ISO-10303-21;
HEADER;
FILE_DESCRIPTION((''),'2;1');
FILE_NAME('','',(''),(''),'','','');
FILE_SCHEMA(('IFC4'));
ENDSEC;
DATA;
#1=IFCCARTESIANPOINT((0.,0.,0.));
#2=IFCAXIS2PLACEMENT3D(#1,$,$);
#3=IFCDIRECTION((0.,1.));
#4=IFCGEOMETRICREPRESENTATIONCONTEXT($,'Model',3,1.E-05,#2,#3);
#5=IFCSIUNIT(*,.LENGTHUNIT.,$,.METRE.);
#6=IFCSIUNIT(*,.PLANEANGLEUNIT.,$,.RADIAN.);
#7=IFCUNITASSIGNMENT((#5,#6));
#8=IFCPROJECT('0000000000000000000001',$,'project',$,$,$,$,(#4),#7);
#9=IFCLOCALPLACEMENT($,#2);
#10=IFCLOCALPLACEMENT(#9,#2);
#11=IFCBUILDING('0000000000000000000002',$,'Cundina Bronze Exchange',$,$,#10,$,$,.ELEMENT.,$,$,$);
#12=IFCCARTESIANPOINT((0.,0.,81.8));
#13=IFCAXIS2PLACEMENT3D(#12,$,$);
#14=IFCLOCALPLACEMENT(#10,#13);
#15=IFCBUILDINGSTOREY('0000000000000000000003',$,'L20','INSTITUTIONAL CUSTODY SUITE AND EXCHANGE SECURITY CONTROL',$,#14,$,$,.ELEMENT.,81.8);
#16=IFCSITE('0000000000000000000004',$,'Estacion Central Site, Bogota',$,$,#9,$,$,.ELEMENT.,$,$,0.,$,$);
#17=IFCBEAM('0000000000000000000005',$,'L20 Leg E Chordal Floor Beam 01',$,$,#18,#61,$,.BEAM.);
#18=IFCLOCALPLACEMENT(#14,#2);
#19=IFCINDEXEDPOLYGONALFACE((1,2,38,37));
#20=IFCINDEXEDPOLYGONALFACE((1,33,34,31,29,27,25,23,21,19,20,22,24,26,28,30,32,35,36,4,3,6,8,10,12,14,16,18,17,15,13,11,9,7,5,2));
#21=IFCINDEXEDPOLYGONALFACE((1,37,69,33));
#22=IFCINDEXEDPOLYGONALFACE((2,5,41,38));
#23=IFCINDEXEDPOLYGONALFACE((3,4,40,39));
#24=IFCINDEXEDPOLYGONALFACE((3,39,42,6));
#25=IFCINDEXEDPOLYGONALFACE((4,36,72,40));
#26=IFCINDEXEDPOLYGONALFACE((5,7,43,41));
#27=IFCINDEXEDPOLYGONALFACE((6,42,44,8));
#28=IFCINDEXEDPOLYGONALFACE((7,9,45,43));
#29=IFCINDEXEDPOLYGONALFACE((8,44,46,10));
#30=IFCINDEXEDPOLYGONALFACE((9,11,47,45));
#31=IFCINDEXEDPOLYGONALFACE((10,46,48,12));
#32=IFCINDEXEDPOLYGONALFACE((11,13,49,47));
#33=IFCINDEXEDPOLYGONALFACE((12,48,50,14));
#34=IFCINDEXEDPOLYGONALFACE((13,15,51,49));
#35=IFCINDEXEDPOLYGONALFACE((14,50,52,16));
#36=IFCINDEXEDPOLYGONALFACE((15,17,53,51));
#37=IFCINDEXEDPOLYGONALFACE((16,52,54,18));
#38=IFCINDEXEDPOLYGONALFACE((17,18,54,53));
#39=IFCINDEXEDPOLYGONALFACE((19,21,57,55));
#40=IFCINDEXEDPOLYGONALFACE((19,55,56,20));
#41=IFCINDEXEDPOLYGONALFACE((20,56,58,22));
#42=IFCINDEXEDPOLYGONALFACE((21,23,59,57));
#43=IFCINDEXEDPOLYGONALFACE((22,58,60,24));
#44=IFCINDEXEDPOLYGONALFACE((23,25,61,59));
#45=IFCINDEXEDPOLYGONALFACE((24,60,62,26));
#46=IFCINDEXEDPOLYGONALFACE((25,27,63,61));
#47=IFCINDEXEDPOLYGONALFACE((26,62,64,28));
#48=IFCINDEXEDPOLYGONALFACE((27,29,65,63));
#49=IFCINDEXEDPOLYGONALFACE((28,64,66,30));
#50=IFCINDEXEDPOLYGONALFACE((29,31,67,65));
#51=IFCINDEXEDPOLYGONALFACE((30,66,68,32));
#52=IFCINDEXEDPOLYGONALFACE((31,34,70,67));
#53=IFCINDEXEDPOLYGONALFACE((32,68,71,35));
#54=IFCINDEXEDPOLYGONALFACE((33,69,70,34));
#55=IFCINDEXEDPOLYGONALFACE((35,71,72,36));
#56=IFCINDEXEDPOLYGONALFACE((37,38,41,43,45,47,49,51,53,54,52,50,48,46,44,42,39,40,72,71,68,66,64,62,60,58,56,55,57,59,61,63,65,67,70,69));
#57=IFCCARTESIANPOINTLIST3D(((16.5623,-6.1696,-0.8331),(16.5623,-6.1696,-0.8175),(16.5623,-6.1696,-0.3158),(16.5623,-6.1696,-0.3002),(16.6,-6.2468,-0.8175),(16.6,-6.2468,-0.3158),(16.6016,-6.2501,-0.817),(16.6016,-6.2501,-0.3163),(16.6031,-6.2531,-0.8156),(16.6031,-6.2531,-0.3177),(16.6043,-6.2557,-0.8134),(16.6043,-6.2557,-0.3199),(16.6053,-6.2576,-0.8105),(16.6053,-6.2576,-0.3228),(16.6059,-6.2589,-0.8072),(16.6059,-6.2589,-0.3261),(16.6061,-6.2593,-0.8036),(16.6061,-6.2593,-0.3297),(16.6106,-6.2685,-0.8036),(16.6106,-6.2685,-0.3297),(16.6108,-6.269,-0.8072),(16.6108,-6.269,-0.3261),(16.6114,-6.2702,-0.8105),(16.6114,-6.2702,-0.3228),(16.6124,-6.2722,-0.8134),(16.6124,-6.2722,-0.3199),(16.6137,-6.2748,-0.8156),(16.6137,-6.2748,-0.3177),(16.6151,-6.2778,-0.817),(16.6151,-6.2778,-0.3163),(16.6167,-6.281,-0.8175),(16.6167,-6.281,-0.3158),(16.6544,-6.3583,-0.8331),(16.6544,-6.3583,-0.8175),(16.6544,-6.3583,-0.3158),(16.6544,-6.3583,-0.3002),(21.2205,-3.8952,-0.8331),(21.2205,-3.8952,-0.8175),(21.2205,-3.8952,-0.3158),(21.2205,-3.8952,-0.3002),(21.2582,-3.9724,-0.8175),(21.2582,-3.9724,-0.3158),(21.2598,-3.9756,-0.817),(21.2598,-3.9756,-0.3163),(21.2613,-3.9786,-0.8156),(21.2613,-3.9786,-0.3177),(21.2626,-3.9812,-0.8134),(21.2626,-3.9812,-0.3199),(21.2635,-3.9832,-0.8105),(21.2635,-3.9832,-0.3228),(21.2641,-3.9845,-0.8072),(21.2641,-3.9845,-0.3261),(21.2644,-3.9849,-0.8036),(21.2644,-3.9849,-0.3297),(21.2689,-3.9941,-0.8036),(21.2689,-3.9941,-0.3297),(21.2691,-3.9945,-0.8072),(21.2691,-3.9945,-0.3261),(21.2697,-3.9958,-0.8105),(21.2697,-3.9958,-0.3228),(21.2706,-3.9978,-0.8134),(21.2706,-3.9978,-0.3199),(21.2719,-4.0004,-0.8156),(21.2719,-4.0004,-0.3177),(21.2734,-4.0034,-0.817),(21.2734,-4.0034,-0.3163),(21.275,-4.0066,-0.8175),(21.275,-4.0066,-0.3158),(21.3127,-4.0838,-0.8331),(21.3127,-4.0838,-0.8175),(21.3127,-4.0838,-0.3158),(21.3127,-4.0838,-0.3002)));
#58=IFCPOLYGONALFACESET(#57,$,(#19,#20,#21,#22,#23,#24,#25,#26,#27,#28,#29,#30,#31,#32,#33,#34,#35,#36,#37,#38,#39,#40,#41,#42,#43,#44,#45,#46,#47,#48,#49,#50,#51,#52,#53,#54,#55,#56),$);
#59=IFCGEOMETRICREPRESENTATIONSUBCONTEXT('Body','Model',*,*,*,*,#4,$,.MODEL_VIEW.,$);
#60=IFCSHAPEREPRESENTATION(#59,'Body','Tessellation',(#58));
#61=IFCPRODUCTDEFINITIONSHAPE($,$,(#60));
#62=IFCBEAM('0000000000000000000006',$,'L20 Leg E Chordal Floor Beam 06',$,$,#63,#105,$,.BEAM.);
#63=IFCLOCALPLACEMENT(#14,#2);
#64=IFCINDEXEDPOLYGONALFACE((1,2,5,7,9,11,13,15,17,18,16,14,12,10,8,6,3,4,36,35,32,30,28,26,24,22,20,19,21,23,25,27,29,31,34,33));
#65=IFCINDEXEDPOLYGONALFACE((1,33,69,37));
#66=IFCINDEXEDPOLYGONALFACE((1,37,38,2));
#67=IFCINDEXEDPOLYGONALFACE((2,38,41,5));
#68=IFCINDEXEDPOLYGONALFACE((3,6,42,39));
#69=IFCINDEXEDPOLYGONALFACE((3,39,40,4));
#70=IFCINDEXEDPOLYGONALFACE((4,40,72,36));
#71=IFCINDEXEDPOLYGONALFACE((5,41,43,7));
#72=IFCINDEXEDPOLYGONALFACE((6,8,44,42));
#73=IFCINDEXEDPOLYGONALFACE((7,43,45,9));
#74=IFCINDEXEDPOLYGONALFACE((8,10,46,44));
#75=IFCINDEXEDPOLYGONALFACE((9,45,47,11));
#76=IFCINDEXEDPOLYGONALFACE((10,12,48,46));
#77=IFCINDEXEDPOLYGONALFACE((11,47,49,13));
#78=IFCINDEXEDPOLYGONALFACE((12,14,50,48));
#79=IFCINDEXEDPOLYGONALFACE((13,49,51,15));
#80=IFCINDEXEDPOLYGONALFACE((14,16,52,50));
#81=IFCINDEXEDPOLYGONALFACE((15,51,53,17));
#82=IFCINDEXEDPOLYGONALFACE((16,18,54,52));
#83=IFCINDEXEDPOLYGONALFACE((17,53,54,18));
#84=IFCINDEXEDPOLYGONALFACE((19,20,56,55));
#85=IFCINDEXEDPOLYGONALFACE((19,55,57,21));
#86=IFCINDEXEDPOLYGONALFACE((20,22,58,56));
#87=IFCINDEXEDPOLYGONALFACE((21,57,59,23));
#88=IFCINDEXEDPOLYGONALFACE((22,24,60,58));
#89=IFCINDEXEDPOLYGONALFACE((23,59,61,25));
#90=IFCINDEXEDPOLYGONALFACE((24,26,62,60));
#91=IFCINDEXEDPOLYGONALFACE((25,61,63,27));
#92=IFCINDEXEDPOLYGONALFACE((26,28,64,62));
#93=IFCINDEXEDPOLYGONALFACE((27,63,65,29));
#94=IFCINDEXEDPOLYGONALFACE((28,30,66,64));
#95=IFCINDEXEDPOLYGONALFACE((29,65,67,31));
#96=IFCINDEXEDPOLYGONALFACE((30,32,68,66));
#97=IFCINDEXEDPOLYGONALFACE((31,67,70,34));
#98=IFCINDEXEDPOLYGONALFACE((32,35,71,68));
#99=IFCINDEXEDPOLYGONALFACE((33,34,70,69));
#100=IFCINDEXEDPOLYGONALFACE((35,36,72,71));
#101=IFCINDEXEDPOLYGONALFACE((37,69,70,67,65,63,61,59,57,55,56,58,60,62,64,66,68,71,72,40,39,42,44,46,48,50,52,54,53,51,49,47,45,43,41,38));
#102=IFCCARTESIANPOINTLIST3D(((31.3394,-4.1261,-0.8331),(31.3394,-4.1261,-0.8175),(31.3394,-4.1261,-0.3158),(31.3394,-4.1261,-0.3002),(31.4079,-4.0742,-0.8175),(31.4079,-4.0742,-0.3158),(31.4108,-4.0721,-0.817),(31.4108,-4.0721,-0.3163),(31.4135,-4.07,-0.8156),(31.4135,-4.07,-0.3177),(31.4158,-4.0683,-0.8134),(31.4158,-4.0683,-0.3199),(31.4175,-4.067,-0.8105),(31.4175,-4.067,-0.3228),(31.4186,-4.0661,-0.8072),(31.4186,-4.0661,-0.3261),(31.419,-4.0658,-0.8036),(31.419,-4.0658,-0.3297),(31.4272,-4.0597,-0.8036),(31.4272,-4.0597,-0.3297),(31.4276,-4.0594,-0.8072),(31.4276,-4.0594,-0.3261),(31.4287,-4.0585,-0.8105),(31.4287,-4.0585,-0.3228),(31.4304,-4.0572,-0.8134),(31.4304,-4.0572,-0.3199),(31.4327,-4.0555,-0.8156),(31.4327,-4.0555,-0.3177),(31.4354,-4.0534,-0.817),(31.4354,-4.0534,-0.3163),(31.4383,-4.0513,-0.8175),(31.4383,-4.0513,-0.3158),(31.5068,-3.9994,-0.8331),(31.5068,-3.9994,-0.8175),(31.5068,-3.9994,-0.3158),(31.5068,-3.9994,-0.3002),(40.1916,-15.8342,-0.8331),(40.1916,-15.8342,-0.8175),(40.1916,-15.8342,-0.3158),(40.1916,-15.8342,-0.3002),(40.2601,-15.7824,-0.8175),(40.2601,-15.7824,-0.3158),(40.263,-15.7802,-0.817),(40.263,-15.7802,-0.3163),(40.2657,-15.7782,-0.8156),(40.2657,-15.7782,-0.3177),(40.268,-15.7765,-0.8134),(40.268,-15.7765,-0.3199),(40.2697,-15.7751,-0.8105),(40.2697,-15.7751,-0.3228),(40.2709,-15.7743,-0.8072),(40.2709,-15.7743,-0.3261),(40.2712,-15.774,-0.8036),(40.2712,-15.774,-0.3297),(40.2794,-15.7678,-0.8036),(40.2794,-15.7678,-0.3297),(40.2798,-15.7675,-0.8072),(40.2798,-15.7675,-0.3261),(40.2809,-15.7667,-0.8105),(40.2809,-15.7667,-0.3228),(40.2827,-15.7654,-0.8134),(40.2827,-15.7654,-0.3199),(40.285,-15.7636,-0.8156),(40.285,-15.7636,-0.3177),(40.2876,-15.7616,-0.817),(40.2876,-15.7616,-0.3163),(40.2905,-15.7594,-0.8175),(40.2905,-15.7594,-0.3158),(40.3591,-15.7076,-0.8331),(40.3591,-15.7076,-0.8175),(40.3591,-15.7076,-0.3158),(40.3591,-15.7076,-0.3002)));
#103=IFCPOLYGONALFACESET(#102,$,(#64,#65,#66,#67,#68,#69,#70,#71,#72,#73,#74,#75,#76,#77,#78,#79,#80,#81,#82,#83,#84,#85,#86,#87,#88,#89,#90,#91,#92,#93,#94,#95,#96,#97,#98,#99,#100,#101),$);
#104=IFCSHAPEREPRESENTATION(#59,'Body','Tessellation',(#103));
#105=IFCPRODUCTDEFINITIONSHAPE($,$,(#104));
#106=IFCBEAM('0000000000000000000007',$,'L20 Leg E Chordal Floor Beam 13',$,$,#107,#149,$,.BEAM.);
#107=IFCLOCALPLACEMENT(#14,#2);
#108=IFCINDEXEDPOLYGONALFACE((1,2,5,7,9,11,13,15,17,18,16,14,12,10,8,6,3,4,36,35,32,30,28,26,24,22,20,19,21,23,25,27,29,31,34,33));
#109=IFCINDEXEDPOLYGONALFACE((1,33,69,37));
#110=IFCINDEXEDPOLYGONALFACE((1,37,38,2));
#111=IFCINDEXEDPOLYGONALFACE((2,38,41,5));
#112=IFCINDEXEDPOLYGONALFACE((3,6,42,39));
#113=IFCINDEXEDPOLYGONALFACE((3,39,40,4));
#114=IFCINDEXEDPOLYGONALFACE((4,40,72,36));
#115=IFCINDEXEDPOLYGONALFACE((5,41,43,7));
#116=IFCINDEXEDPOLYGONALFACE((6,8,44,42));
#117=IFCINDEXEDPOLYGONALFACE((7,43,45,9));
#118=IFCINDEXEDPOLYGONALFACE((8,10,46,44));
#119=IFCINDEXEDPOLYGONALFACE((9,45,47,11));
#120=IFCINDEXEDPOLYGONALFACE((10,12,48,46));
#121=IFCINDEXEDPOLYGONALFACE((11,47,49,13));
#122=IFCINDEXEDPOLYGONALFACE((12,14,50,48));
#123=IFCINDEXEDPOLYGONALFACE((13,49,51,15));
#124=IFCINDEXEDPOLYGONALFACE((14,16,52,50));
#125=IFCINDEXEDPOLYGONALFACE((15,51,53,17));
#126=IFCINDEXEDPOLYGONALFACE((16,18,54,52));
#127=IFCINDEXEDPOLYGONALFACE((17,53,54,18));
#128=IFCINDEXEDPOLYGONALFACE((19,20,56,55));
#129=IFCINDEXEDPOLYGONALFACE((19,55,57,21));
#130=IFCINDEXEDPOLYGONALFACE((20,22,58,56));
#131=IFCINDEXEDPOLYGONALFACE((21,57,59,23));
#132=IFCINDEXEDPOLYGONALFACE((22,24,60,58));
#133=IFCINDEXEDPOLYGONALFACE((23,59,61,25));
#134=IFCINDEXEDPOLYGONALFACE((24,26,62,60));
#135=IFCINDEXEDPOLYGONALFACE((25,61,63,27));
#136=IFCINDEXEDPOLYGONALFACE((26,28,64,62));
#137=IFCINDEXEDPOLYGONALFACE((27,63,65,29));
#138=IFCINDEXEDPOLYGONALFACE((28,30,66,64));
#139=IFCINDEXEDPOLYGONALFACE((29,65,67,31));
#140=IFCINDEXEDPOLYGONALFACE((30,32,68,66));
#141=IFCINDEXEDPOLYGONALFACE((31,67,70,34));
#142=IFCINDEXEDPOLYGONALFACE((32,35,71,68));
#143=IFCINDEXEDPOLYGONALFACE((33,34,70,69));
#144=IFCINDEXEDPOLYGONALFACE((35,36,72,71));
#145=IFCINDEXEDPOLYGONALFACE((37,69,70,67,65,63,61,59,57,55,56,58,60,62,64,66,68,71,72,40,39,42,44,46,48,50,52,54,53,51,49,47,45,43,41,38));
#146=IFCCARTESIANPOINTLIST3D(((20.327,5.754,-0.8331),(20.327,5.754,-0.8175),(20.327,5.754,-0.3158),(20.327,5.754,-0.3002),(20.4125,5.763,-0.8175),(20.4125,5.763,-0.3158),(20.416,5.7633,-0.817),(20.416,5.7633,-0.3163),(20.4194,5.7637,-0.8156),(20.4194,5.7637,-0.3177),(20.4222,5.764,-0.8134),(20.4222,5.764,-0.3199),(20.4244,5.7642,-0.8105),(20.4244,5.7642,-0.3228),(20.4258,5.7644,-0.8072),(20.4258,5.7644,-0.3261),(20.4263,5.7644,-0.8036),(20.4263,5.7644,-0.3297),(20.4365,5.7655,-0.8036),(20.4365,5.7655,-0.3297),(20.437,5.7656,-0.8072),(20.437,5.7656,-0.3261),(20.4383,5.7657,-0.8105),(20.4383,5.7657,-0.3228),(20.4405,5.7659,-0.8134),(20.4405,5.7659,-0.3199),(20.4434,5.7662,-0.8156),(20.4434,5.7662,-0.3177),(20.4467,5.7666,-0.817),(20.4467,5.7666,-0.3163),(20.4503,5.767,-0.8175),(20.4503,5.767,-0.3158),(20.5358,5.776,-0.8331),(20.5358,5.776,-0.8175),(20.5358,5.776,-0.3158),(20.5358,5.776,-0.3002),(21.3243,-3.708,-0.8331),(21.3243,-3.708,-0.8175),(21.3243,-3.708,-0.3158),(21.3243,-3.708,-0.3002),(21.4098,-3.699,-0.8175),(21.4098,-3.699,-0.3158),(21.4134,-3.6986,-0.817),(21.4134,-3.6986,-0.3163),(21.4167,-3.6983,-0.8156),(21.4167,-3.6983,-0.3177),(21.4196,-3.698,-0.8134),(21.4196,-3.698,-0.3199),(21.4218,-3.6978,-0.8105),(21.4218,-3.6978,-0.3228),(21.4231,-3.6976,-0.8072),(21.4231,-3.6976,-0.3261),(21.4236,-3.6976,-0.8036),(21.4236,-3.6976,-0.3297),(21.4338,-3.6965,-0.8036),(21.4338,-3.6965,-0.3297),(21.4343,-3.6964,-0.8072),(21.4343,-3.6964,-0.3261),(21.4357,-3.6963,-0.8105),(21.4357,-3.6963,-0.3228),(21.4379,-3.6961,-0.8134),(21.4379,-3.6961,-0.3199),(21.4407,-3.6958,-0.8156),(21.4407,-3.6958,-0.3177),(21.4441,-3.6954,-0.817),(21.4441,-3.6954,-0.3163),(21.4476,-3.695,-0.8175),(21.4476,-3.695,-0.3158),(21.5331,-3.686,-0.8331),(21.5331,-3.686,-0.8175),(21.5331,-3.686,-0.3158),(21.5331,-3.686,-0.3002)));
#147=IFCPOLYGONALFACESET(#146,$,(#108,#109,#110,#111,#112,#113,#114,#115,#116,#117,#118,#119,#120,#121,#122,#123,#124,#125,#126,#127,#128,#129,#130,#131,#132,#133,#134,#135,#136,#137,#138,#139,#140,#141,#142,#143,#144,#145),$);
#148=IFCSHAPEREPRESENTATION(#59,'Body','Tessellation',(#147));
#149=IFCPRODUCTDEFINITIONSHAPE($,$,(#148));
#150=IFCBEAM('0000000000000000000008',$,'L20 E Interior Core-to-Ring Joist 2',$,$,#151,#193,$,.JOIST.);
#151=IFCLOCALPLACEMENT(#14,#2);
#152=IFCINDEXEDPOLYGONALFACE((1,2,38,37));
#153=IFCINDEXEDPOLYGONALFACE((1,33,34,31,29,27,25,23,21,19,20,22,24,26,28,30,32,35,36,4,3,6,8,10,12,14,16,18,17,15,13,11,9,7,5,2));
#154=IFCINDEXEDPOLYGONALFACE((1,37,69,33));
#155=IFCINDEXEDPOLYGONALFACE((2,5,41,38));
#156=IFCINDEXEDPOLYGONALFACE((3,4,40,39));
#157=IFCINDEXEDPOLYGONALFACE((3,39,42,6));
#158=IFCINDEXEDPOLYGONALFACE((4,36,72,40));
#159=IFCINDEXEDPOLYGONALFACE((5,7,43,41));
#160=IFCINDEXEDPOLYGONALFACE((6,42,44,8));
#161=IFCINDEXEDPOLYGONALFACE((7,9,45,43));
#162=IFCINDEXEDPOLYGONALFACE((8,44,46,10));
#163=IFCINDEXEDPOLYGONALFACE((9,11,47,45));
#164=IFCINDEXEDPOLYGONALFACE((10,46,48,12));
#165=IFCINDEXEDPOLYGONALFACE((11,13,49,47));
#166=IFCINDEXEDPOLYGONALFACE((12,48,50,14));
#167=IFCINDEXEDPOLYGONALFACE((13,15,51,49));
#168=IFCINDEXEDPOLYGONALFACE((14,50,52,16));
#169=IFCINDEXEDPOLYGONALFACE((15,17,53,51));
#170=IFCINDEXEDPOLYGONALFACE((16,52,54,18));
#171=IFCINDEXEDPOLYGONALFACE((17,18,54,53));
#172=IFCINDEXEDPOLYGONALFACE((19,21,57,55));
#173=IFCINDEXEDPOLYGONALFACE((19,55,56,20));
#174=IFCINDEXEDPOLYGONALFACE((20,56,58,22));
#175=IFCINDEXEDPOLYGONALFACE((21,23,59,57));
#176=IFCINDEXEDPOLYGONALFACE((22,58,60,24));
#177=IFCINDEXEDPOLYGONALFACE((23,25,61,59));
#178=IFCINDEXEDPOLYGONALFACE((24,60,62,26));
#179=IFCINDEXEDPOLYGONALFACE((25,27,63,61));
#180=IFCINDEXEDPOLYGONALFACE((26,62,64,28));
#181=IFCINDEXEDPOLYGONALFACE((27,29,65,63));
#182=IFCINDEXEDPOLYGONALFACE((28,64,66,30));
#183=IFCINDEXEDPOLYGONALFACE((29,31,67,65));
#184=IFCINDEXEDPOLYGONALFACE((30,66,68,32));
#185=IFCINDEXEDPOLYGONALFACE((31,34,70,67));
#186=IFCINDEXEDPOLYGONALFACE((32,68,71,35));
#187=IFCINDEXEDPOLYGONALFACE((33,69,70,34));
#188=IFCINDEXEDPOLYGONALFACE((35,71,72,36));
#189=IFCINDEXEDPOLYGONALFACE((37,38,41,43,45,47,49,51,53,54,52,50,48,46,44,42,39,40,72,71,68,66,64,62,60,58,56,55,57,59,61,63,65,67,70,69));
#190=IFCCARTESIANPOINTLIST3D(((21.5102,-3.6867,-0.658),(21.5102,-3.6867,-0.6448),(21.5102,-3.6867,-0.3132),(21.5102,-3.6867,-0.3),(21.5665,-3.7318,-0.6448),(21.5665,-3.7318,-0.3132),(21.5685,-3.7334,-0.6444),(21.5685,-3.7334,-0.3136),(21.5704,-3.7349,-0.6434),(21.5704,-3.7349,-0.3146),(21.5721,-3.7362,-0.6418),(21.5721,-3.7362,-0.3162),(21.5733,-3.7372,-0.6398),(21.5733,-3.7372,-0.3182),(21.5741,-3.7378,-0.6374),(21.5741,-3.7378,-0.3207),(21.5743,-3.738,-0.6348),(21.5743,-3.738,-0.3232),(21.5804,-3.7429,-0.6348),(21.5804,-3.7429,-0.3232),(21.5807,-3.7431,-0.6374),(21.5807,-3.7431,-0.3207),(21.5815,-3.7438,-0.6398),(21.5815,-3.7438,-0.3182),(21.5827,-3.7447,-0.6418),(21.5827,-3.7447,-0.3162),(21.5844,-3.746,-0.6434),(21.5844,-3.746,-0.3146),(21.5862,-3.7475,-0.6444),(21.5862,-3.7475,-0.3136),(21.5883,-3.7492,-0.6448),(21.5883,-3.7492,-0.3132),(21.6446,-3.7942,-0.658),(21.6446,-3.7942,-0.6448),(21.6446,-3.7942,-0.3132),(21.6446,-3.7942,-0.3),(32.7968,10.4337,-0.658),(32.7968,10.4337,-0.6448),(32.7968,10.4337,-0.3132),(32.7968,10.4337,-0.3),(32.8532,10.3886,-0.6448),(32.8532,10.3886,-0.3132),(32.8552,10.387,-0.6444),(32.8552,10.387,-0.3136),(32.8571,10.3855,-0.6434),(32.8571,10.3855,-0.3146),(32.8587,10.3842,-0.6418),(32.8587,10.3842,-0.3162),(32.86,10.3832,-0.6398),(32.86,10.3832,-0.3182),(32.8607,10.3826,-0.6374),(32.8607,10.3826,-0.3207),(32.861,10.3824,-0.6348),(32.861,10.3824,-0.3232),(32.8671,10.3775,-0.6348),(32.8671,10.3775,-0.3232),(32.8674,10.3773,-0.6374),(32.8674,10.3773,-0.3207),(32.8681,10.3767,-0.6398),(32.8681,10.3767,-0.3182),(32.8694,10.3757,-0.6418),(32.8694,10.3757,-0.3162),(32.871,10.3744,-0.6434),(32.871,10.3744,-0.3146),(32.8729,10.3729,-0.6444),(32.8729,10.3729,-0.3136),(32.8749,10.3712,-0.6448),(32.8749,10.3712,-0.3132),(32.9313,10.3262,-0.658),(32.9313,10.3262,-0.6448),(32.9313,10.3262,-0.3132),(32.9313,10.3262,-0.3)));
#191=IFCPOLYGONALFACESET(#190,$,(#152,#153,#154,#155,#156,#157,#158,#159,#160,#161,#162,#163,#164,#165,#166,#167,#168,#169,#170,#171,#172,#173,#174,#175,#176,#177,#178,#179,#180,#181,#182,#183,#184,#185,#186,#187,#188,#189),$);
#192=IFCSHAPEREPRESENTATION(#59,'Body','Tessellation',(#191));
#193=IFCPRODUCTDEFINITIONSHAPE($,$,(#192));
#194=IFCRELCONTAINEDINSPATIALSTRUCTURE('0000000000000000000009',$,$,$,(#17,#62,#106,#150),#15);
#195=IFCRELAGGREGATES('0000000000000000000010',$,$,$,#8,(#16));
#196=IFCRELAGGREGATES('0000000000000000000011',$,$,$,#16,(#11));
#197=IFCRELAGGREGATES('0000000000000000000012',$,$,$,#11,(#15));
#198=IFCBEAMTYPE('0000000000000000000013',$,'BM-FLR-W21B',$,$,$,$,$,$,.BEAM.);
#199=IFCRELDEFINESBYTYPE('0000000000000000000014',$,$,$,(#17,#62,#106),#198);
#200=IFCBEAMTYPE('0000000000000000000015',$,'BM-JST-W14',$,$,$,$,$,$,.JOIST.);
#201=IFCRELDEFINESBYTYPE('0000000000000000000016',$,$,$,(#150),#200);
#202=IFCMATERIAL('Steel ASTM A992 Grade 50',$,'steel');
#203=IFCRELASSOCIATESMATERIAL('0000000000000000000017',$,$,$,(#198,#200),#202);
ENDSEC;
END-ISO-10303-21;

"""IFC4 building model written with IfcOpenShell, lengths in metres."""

from ifc_helpers import new_model, si_unit, direction, frame, origin, origin_2d, place, context, subcontext, project, spatial, i_section, extrude, material, material_profile, profile_set, type_object, element, save


model = new_model("IFC4")

# Units and contexts
model_context = context("Model", 3, precision=1e-05, world=origin(), true_north=direction((0.0, 1.0)))
body_context = subcontext(model_context, "Body", "Model", "MODEL_VIEW")
ifc_project = project(units=[si_unit("LENGTHUNIT", "METRE"), si_unit("PLANEANGLEUNIT", "RADIAN")], contexts=[model_context])

# Site, building, storey
site_placement = place(None, origin())
site = spatial("IfcSite", under=ifc_project, at=site_placement, Name="Estacion Central Site, Bogota", CompositionType="ELEMENT", RefElevation=0.0)
building_placement = place(site_placement, origin())
building = spatial("IfcBuilding", under=site, at=building_placement, Name="Cundina Bronze Exchange", CompositionType="ELEMENT")
storey_placement = place(building_placement, frame((0.0, 0.0, 81.8)))
storey = spatial("IfcBuildingStorey", under=building, at=storey_placement, Name="L20", Description="INSTITUTIONAL CUSTODY SUITE AND EXCHANGE SECURITY CONTROL", CompositionType="ELEMENT", Elevation=81.8)

# Shared definitions
ifc_material_1 = material(Name="Steel ASTM A992 Grade 50", Category="steel")

# Beams
ifc_material_profile_1 = material_profile(ifc_material_1, i_section(OverallWidth=0.21, OverallDepth=0.533, WebThickness=0.0103, FlangeThickness=0.0156, FilletRadius=0.0139, at=origin_2d()), Name="W21X62", Category="steel")
ifc_profile_set_1 = profile_set([ifc_material_profile_1], Name="Steel ASTM A992 Grade 50")
beam_type_1 = type_object("IfcBeamType", Name="BM-FLR-W21B", PredefinedType="BEAM", material=ifc_profile_set_1)
beam_1_placement = place(storey_placement, frame((21.2666, -3.9895, -0.5667), z_axis=(-0.898607, -0.438754, 0.0), x_axis=(0.438754, -0.898607, 0.0)))
element("IfcBeam", 1, at=beam_1_placement, inside=storey, type_object=beam_type_1, Name="L20 Leg E Chordal Floor Beam 01", PredefinedType="BEAM", context=body_context, shape_type="SweptSolid", body=[
    extrude(i_section(OverallWidth=0.21, OverallDepth=0.533, WebThickness=0.0103, FlangeThickness=0.0156, FilletRadius=0.0139, at=origin_2d()), origin(), (0.0, 0.0, 1.0), 5.1838),
])
beam_2_placement = place(storey_placement, frame((31.4231, -4.0627, -0.5667), z_axis=(0.603096, -0.797669, 0.0), x_axis=(0.797669, 0.603096, 0.0)))
element("IfcBeam", 2, at=beam_2_placement, inside=storey, type_object=beam_type_1, Name="L20 Leg E Chordal Floor Beam 06", PredefinedType="BEAM", context=body_context, shape_type="SweptSolid", body=[
    extrude(i_section(OverallWidth=0.21, OverallDepth=0.533, WebThickness=0.0103, FlangeThickness=0.0156, FilletRadius=0.0139, at=origin_2d()), origin(), (0.0, 0.0, 1.0), 14.678),
])
beam_3_placement = place(storey_placement, frame((21.4287, -3.697, -0.5667), z_axis=(-0.104822, 0.994491, 0.0), x_axis=(-0.994491, -0.104822, 0.0)))
element("IfcBeam", 3, at=beam_3_placement, inside=storey, type_object=beam_type_1, Name="L20 Leg E Chordal Floor Beam 13", PredefinedType="BEAM", context=body_context, shape_type="SweptSolid", body=[
    extrude(i_section(OverallWidth=0.21, OverallDepth=0.533, WebThickness=0.0103, FlangeThickness=0.0156, FilletRadius=0.0139, at=origin_2d()), origin(), (0.0, 0.0, 1.0), 9.5144),
])
ifc_material_profile_2 = material_profile(ifc_material_1, i_section(OverallWidth=0.1721, OverallDepth=0.3579, WebThickness=0.0078, FlangeThickness=0.0132, FilletRadius=0.01, at=origin_2d()), Name="W14X38", Category="steel")
ifc_profile_set_2 = profile_set([ifc_material_profile_2], Name="Steel ASTM A992 Grade 50")
beam_type_2 = type_object("IfcBeamType", Name="BM-JST-W14", PredefinedType="JOIST", material=ifc_profile_set_2)
beam_4_placement = place(storey_placement, frame((21.5774, -3.7405, -0.479), z_axis=(0.624369, 0.78113, 0.0), x_axis=(-0.78113, 0.624369, 0.0)))
element("IfcBeam", 4, at=beam_4_placement, inside=storey, type_object=beam_type_2, Name="L20 E Interior Core-to-Ring Joist 2", PredefinedType="JOIST", context=body_context, shape_type="SweptSolid", body=[
    extrude(i_section(OverallWidth=0.1721, OverallDepth=0.3579, WebThickness=0.0078, FlangeThickness=0.0132, FilletRadius=0.01, at=origin_2d()), origin(), (0.0, 0.0, 1.0), 18.0769),
])

save(model, "model.ifc")
